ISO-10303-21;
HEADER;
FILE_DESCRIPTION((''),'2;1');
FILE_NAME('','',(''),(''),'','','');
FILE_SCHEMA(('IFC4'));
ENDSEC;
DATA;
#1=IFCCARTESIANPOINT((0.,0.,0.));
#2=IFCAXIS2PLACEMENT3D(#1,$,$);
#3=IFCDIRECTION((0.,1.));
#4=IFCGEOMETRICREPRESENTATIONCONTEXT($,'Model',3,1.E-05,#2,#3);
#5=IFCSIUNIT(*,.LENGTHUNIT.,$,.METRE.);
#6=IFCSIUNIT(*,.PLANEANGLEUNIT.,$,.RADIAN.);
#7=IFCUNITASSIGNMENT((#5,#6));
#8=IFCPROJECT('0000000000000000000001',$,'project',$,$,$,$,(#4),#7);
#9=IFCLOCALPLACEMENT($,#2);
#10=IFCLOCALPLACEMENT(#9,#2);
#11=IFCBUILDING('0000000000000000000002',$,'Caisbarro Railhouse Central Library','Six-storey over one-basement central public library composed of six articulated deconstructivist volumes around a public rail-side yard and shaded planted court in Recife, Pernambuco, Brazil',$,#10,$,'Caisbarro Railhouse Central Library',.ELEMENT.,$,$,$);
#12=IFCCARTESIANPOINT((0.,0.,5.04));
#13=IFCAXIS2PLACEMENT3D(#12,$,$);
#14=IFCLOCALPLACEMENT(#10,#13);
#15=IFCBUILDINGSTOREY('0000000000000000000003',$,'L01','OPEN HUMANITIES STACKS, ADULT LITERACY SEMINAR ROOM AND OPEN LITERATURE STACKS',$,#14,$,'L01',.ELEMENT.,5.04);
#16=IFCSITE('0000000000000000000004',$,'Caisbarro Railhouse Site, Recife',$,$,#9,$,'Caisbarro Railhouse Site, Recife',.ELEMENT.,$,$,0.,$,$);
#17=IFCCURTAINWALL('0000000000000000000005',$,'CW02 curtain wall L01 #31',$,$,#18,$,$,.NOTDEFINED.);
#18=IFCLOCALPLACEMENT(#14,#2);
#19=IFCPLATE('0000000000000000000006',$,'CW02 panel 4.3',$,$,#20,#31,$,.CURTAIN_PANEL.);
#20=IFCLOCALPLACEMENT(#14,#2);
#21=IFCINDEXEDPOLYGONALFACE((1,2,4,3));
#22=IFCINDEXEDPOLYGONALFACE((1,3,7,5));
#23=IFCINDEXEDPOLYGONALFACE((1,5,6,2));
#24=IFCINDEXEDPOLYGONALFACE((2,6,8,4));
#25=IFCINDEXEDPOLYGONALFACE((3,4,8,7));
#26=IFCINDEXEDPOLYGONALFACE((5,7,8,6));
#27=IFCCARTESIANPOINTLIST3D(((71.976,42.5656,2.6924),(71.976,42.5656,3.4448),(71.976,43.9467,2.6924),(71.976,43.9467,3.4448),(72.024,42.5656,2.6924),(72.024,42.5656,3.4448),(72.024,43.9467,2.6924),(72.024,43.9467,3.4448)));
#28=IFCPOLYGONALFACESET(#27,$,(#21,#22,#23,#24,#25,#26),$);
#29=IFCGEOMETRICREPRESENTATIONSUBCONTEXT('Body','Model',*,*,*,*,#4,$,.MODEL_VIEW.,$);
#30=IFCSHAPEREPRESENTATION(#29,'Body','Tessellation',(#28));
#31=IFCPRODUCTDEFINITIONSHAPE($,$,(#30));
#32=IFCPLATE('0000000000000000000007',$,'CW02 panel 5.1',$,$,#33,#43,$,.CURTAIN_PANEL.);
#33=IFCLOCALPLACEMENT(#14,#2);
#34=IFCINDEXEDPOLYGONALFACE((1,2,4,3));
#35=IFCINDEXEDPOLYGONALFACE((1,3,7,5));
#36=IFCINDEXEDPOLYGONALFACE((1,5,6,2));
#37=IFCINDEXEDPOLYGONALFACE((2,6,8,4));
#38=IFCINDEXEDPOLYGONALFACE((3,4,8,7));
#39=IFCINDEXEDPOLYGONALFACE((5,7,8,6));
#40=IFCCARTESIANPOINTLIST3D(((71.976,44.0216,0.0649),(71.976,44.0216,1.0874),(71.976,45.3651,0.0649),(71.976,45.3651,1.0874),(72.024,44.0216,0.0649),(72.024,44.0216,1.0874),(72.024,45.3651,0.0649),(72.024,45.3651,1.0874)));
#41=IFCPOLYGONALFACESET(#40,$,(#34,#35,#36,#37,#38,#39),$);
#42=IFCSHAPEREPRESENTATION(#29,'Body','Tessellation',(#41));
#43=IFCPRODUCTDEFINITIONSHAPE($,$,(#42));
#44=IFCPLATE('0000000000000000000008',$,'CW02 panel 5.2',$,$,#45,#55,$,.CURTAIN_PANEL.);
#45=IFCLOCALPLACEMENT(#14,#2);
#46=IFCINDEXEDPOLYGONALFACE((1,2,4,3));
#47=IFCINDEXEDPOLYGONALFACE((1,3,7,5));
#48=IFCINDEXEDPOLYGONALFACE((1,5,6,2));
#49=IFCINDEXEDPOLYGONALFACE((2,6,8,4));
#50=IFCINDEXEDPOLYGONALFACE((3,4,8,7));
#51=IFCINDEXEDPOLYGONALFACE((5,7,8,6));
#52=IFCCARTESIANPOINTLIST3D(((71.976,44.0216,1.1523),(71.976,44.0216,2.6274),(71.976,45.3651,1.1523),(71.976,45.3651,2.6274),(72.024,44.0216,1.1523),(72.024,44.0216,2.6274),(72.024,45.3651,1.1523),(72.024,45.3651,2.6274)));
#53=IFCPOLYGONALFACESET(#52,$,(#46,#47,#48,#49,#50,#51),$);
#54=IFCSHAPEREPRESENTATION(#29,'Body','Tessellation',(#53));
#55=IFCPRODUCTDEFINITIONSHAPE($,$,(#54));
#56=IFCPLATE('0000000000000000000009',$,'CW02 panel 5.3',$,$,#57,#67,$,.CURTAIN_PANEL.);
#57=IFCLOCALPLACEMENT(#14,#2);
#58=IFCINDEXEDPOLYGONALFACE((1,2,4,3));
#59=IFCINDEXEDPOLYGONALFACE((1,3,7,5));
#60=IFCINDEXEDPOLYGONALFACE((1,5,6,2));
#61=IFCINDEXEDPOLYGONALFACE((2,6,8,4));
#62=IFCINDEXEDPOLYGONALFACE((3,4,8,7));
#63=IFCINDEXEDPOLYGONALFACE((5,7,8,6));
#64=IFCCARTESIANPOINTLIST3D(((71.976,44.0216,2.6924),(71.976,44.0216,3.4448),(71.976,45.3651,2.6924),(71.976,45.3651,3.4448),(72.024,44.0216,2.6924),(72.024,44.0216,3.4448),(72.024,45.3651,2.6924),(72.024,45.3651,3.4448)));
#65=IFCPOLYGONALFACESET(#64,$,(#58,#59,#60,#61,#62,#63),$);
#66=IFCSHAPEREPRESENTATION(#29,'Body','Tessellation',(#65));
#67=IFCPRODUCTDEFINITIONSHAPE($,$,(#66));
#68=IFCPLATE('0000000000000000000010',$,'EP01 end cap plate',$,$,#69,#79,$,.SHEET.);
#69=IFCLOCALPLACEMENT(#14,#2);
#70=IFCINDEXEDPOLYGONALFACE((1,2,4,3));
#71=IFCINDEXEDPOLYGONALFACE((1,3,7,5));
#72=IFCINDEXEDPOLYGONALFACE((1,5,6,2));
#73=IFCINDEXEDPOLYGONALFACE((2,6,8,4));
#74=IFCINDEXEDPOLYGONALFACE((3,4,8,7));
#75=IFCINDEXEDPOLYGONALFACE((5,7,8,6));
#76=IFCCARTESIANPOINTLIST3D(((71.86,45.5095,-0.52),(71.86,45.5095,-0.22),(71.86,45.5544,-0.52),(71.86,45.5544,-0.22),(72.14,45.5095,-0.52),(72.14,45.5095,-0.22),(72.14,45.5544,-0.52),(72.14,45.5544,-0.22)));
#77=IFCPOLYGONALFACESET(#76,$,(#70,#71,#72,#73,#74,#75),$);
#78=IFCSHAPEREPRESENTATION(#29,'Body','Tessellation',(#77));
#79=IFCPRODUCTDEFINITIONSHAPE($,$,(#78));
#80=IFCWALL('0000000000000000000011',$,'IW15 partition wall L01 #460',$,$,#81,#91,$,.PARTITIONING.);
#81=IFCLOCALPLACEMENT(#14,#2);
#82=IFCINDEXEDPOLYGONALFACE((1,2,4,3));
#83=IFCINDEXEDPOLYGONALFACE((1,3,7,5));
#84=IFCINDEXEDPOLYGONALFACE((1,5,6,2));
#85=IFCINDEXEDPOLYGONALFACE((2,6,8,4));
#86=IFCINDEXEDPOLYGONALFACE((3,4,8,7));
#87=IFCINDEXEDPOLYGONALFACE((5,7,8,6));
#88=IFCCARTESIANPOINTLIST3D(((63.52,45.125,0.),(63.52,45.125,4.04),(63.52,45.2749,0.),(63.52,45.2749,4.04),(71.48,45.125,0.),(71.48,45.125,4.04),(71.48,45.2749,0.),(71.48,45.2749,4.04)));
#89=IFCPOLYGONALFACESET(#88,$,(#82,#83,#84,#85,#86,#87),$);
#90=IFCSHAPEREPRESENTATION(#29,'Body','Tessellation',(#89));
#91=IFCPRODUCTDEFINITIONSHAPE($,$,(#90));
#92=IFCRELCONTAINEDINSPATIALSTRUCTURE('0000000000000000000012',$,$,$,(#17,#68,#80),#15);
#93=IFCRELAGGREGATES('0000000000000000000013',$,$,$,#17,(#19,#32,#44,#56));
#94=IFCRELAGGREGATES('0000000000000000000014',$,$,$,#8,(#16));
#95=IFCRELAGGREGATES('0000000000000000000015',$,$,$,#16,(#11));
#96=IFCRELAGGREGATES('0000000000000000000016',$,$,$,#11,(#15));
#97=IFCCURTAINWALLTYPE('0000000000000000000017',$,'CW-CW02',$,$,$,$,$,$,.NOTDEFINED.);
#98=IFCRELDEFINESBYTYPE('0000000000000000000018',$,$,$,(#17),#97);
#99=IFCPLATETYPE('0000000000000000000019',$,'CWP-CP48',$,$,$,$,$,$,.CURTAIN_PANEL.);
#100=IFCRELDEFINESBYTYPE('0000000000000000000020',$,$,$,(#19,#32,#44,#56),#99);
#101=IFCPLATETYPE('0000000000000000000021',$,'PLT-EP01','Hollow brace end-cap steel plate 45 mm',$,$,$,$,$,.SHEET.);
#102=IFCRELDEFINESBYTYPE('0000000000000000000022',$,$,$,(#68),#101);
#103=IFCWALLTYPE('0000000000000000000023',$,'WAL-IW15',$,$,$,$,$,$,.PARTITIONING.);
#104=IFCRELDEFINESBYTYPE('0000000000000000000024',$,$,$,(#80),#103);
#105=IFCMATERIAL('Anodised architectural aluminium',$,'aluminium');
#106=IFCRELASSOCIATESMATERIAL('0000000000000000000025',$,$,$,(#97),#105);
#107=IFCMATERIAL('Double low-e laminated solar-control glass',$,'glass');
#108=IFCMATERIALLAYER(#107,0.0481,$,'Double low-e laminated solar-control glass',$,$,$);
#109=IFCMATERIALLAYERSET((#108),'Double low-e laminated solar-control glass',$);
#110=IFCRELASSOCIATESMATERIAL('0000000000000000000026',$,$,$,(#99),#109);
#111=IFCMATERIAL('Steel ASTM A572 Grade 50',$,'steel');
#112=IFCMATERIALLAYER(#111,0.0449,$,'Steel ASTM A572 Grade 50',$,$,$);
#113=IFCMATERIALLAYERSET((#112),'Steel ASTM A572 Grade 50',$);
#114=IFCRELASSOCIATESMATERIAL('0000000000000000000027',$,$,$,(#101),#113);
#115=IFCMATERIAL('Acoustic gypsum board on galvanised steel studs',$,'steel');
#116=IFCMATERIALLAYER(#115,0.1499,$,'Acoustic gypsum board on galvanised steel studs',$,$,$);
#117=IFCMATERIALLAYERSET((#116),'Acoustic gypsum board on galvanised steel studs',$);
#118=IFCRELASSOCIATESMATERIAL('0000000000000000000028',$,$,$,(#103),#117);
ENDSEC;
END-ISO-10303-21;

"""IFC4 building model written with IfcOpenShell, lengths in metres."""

from ifc_helpers import new_model, si_unit, direction, frame, frame_2d, origin, origin_2d, place, context, subcontext, project, spatial, rectangle, extrude, material, layer, layer_set, type_object, element, aggregate, save


model = new_model("IFC4")

# Units and contexts
model_context = context("Model", 3, precision=1e-05, world=origin(), true_north=direction((0.0, 1.0)))
body_context = subcontext(model_context, "Body", "Model", "MODEL_VIEW")
ifc_project = project(units=[si_unit("LENGTHUNIT", "METRE"), si_unit("PLANEANGLEUNIT", "RADIAN")], contexts=[model_context])

# Site, building, storey
site_placement = place(None, origin())
site = spatial("IfcSite", under=ifc_project, at=site_placement, Name="Caisbarro Railhouse Site, Recife", LongName="Caisbarro Railhouse Site, Recife", CompositionType="ELEMENT", RefElevation=0.0)
building_placement = place(site_placement, origin())
building = spatial("IfcBuilding", under=site, at=building_placement, Name="Caisbarro Railhouse Central Library", Description="Six-storey over one-basement central public library composed of six articulated deconstructivist volumes around a public rail-side yard and shaded planted court in Recife, Pernambuco, Brazil", LongName="Caisbarro Railhouse Central Library", CompositionType="ELEMENT")
storey_placement = place(building_placement, frame((0.0, 0.0, 5.04)))
storey = spatial("IfcBuildingStorey", under=building, at=storey_placement, Name="L01", Description="OPEN HUMANITIES STACKS, ADULT LITERACY SEMINAR ROOM AND OPEN LITERATURE STACKS", LongName="L01", CompositionType="ELEMENT", Elevation=5.04)

# Shared definitions
ifc_material_1 = material(Name="Steel ASTM A572 Grade 50", Category="steel")

# Curtain wall, plates
ifc_material_2 = material(Name="Anodised architectural aluminium", Category="aluminium")
curtain_wall_type = type_object("IfcCurtainWallType", Name="CW-CW02", PredefinedType="NOTDEFINED", material=ifc_material_2)
curtain_wall_placement = place(storey_placement, origin())
curtain_wall = element("IfcCurtainWall", 1, at=curtain_wall_placement, inside=storey, type_object=curtain_wall_type, Name="CW02 curtain wall L01 #31", PredefinedType="NOTDEFINED")
ifc_material_3 = material(Name="Double low-e laminated solar-control glass", Category="glass")
ifc_layer_1 = layer(ifc_material_3, 0.0481, Name="Double low-e laminated solar-control glass")
ifc_layer_set_1 = layer_set([ifc_layer_1], Name="Double low-e laminated solar-control glass")
plate_type_1 = type_object("IfcPlateType", Name="CWP-CP48", PredefinedType="CURTAIN_PANEL", material=ifc_layer_set_1)
plate_1_placement = place(storey_placement, frame((72.0, 43.2561, 2.6924), z_axis=(0.0, 0.0, 1.0), x_axis=(0.0, 1.0, 0.0)))
plate_1 = element("IfcPlate", 2, at=plate_1_placement, type_object=plate_type_1, Name="CW02 panel 4.3", PredefinedType="CURTAIN_PANEL", context=body_context, shape_type="SweptSolid", body=[
    extrude(rectangle(XDim=1.3811, YDim=0.0481, at=origin_2d()), origin(), (0.0, 0.0, 1.0), 0.7524),
])
plate_2_placement = place(storey_placement, frame((72.0, 44.6934, 0.0649), z_axis=(0.0, 0.0, 1.0), x_axis=(0.0, 1.0, 0.0)))
plate_2 = element("IfcPlate", 3, at=plate_2_placement, type_object=plate_type_1, Name="CW02 panel 5.1", PredefinedType="CURTAIN_PANEL", context=body_context, shape_type="SweptSolid", body=[
    extrude(rectangle(XDim=1.3435, YDim=0.0481, at=origin_2d()), origin(), (0.0, 0.0, 1.0), 1.0225),
])
plate_3_placement = place(storey_placement, frame((72.0, 44.6934, 1.1523), z_axis=(0.0, 0.0, 1.0), x_axis=(0.0, 1.0, 0.0)))
plate_3 = element("IfcPlate", 4, at=plate_3_placement, type_object=plate_type_1, Name="CW02 panel 5.2", PredefinedType="CURTAIN_PANEL", context=body_context, shape_type="SweptSolid", body=[
    extrude(rectangle(XDim=1.3435, YDim=0.0481, at=origin_2d()), origin(), (0.0, 0.0, 1.0), 1.4751),
])
plate_4_placement = place(storey_placement, frame((72.0, 44.6934, 2.6924), z_axis=(0.0, 0.0, 1.0), x_axis=(0.0, 1.0, 0.0)))
plate_4 = element("IfcPlate", 5, at=plate_4_placement, type_object=plate_type_1, Name="CW02 panel 5.3", PredefinedType="CURTAIN_PANEL", context=body_context, shape_type="SweptSolid", body=[
    extrude(rectangle(XDim=1.3435, YDim=0.0481, at=origin_2d()), origin(), (0.0, 0.0, 1.0), 0.7524),
])
aggregate(curtain_wall, [plate_1, plate_2, plate_3, plate_4])

# Plate
ifc_layer_2 = layer(ifc_material_1, 0.0449, Name="Steel ASTM A572 Grade 50")
ifc_layer_set_2 = layer_set([ifc_layer_2], Name="Steel ASTM A572 Grade 50")
plate_type_2 = type_object("IfcPlateType", Name="PLT-EP01", Description="Hollow brace end-cap steel plate 45 mm", PredefinedType="SHEET", material=ifc_layer_set_2)
plate_5_placement = place(storey_placement, frame((72.0, 45.532, -0.52), z_axis=(0.0, 0.0, 1.0), x_axis=(0.0, 1.0, 0.0)))
element("IfcPlate", 6, at=plate_5_placement, inside=storey, type_object=plate_type_2, Name="EP01 end cap plate", PredefinedType="SHEET", context=body_context, shape_type="SweptSolid", body=[
    extrude(rectangle(XDim=0.0449, YDim=0.28, at=origin_2d()), origin(), (0.0, 0.0, 1.0), 0.3),
])

# Wall
ifc_material_4 = material(Name="Acoustic gypsum board on galvanised steel studs", Category="steel")
ifc_layer_3 = layer(ifc_material_4, 0.1499, Name="Acoustic gypsum board on galvanised steel studs")
ifc_layer_set_3 = layer_set([ifc_layer_3], Name="Acoustic gypsum board on galvanised steel studs")
wall_type = type_object("IfcWallType", Name="WAL-IW15", PredefinedType="PARTITIONING", material=ifc_layer_set_3)
wall_placement = place(storey_placement, frame((63.52, 45.2, 0.0), z_axis=(0.0, 0.0, 1.0), x_axis=(1.0, 0.0, 0.0)))
element("IfcWall", 7, at=wall_placement, inside=storey, type_object=wall_type, Name="IW15 partition wall L01 #460", PredefinedType="PARTITIONING", context=body_context, shape_type="SweptSolid", body=[
    extrude(rectangle(XDim=7.96, YDim=0.1499, at=frame_2d((3.98, 0.0))), origin(), (0.0, 0.0, 1.0), 4.04),
])

save(model, "model.ifc")
